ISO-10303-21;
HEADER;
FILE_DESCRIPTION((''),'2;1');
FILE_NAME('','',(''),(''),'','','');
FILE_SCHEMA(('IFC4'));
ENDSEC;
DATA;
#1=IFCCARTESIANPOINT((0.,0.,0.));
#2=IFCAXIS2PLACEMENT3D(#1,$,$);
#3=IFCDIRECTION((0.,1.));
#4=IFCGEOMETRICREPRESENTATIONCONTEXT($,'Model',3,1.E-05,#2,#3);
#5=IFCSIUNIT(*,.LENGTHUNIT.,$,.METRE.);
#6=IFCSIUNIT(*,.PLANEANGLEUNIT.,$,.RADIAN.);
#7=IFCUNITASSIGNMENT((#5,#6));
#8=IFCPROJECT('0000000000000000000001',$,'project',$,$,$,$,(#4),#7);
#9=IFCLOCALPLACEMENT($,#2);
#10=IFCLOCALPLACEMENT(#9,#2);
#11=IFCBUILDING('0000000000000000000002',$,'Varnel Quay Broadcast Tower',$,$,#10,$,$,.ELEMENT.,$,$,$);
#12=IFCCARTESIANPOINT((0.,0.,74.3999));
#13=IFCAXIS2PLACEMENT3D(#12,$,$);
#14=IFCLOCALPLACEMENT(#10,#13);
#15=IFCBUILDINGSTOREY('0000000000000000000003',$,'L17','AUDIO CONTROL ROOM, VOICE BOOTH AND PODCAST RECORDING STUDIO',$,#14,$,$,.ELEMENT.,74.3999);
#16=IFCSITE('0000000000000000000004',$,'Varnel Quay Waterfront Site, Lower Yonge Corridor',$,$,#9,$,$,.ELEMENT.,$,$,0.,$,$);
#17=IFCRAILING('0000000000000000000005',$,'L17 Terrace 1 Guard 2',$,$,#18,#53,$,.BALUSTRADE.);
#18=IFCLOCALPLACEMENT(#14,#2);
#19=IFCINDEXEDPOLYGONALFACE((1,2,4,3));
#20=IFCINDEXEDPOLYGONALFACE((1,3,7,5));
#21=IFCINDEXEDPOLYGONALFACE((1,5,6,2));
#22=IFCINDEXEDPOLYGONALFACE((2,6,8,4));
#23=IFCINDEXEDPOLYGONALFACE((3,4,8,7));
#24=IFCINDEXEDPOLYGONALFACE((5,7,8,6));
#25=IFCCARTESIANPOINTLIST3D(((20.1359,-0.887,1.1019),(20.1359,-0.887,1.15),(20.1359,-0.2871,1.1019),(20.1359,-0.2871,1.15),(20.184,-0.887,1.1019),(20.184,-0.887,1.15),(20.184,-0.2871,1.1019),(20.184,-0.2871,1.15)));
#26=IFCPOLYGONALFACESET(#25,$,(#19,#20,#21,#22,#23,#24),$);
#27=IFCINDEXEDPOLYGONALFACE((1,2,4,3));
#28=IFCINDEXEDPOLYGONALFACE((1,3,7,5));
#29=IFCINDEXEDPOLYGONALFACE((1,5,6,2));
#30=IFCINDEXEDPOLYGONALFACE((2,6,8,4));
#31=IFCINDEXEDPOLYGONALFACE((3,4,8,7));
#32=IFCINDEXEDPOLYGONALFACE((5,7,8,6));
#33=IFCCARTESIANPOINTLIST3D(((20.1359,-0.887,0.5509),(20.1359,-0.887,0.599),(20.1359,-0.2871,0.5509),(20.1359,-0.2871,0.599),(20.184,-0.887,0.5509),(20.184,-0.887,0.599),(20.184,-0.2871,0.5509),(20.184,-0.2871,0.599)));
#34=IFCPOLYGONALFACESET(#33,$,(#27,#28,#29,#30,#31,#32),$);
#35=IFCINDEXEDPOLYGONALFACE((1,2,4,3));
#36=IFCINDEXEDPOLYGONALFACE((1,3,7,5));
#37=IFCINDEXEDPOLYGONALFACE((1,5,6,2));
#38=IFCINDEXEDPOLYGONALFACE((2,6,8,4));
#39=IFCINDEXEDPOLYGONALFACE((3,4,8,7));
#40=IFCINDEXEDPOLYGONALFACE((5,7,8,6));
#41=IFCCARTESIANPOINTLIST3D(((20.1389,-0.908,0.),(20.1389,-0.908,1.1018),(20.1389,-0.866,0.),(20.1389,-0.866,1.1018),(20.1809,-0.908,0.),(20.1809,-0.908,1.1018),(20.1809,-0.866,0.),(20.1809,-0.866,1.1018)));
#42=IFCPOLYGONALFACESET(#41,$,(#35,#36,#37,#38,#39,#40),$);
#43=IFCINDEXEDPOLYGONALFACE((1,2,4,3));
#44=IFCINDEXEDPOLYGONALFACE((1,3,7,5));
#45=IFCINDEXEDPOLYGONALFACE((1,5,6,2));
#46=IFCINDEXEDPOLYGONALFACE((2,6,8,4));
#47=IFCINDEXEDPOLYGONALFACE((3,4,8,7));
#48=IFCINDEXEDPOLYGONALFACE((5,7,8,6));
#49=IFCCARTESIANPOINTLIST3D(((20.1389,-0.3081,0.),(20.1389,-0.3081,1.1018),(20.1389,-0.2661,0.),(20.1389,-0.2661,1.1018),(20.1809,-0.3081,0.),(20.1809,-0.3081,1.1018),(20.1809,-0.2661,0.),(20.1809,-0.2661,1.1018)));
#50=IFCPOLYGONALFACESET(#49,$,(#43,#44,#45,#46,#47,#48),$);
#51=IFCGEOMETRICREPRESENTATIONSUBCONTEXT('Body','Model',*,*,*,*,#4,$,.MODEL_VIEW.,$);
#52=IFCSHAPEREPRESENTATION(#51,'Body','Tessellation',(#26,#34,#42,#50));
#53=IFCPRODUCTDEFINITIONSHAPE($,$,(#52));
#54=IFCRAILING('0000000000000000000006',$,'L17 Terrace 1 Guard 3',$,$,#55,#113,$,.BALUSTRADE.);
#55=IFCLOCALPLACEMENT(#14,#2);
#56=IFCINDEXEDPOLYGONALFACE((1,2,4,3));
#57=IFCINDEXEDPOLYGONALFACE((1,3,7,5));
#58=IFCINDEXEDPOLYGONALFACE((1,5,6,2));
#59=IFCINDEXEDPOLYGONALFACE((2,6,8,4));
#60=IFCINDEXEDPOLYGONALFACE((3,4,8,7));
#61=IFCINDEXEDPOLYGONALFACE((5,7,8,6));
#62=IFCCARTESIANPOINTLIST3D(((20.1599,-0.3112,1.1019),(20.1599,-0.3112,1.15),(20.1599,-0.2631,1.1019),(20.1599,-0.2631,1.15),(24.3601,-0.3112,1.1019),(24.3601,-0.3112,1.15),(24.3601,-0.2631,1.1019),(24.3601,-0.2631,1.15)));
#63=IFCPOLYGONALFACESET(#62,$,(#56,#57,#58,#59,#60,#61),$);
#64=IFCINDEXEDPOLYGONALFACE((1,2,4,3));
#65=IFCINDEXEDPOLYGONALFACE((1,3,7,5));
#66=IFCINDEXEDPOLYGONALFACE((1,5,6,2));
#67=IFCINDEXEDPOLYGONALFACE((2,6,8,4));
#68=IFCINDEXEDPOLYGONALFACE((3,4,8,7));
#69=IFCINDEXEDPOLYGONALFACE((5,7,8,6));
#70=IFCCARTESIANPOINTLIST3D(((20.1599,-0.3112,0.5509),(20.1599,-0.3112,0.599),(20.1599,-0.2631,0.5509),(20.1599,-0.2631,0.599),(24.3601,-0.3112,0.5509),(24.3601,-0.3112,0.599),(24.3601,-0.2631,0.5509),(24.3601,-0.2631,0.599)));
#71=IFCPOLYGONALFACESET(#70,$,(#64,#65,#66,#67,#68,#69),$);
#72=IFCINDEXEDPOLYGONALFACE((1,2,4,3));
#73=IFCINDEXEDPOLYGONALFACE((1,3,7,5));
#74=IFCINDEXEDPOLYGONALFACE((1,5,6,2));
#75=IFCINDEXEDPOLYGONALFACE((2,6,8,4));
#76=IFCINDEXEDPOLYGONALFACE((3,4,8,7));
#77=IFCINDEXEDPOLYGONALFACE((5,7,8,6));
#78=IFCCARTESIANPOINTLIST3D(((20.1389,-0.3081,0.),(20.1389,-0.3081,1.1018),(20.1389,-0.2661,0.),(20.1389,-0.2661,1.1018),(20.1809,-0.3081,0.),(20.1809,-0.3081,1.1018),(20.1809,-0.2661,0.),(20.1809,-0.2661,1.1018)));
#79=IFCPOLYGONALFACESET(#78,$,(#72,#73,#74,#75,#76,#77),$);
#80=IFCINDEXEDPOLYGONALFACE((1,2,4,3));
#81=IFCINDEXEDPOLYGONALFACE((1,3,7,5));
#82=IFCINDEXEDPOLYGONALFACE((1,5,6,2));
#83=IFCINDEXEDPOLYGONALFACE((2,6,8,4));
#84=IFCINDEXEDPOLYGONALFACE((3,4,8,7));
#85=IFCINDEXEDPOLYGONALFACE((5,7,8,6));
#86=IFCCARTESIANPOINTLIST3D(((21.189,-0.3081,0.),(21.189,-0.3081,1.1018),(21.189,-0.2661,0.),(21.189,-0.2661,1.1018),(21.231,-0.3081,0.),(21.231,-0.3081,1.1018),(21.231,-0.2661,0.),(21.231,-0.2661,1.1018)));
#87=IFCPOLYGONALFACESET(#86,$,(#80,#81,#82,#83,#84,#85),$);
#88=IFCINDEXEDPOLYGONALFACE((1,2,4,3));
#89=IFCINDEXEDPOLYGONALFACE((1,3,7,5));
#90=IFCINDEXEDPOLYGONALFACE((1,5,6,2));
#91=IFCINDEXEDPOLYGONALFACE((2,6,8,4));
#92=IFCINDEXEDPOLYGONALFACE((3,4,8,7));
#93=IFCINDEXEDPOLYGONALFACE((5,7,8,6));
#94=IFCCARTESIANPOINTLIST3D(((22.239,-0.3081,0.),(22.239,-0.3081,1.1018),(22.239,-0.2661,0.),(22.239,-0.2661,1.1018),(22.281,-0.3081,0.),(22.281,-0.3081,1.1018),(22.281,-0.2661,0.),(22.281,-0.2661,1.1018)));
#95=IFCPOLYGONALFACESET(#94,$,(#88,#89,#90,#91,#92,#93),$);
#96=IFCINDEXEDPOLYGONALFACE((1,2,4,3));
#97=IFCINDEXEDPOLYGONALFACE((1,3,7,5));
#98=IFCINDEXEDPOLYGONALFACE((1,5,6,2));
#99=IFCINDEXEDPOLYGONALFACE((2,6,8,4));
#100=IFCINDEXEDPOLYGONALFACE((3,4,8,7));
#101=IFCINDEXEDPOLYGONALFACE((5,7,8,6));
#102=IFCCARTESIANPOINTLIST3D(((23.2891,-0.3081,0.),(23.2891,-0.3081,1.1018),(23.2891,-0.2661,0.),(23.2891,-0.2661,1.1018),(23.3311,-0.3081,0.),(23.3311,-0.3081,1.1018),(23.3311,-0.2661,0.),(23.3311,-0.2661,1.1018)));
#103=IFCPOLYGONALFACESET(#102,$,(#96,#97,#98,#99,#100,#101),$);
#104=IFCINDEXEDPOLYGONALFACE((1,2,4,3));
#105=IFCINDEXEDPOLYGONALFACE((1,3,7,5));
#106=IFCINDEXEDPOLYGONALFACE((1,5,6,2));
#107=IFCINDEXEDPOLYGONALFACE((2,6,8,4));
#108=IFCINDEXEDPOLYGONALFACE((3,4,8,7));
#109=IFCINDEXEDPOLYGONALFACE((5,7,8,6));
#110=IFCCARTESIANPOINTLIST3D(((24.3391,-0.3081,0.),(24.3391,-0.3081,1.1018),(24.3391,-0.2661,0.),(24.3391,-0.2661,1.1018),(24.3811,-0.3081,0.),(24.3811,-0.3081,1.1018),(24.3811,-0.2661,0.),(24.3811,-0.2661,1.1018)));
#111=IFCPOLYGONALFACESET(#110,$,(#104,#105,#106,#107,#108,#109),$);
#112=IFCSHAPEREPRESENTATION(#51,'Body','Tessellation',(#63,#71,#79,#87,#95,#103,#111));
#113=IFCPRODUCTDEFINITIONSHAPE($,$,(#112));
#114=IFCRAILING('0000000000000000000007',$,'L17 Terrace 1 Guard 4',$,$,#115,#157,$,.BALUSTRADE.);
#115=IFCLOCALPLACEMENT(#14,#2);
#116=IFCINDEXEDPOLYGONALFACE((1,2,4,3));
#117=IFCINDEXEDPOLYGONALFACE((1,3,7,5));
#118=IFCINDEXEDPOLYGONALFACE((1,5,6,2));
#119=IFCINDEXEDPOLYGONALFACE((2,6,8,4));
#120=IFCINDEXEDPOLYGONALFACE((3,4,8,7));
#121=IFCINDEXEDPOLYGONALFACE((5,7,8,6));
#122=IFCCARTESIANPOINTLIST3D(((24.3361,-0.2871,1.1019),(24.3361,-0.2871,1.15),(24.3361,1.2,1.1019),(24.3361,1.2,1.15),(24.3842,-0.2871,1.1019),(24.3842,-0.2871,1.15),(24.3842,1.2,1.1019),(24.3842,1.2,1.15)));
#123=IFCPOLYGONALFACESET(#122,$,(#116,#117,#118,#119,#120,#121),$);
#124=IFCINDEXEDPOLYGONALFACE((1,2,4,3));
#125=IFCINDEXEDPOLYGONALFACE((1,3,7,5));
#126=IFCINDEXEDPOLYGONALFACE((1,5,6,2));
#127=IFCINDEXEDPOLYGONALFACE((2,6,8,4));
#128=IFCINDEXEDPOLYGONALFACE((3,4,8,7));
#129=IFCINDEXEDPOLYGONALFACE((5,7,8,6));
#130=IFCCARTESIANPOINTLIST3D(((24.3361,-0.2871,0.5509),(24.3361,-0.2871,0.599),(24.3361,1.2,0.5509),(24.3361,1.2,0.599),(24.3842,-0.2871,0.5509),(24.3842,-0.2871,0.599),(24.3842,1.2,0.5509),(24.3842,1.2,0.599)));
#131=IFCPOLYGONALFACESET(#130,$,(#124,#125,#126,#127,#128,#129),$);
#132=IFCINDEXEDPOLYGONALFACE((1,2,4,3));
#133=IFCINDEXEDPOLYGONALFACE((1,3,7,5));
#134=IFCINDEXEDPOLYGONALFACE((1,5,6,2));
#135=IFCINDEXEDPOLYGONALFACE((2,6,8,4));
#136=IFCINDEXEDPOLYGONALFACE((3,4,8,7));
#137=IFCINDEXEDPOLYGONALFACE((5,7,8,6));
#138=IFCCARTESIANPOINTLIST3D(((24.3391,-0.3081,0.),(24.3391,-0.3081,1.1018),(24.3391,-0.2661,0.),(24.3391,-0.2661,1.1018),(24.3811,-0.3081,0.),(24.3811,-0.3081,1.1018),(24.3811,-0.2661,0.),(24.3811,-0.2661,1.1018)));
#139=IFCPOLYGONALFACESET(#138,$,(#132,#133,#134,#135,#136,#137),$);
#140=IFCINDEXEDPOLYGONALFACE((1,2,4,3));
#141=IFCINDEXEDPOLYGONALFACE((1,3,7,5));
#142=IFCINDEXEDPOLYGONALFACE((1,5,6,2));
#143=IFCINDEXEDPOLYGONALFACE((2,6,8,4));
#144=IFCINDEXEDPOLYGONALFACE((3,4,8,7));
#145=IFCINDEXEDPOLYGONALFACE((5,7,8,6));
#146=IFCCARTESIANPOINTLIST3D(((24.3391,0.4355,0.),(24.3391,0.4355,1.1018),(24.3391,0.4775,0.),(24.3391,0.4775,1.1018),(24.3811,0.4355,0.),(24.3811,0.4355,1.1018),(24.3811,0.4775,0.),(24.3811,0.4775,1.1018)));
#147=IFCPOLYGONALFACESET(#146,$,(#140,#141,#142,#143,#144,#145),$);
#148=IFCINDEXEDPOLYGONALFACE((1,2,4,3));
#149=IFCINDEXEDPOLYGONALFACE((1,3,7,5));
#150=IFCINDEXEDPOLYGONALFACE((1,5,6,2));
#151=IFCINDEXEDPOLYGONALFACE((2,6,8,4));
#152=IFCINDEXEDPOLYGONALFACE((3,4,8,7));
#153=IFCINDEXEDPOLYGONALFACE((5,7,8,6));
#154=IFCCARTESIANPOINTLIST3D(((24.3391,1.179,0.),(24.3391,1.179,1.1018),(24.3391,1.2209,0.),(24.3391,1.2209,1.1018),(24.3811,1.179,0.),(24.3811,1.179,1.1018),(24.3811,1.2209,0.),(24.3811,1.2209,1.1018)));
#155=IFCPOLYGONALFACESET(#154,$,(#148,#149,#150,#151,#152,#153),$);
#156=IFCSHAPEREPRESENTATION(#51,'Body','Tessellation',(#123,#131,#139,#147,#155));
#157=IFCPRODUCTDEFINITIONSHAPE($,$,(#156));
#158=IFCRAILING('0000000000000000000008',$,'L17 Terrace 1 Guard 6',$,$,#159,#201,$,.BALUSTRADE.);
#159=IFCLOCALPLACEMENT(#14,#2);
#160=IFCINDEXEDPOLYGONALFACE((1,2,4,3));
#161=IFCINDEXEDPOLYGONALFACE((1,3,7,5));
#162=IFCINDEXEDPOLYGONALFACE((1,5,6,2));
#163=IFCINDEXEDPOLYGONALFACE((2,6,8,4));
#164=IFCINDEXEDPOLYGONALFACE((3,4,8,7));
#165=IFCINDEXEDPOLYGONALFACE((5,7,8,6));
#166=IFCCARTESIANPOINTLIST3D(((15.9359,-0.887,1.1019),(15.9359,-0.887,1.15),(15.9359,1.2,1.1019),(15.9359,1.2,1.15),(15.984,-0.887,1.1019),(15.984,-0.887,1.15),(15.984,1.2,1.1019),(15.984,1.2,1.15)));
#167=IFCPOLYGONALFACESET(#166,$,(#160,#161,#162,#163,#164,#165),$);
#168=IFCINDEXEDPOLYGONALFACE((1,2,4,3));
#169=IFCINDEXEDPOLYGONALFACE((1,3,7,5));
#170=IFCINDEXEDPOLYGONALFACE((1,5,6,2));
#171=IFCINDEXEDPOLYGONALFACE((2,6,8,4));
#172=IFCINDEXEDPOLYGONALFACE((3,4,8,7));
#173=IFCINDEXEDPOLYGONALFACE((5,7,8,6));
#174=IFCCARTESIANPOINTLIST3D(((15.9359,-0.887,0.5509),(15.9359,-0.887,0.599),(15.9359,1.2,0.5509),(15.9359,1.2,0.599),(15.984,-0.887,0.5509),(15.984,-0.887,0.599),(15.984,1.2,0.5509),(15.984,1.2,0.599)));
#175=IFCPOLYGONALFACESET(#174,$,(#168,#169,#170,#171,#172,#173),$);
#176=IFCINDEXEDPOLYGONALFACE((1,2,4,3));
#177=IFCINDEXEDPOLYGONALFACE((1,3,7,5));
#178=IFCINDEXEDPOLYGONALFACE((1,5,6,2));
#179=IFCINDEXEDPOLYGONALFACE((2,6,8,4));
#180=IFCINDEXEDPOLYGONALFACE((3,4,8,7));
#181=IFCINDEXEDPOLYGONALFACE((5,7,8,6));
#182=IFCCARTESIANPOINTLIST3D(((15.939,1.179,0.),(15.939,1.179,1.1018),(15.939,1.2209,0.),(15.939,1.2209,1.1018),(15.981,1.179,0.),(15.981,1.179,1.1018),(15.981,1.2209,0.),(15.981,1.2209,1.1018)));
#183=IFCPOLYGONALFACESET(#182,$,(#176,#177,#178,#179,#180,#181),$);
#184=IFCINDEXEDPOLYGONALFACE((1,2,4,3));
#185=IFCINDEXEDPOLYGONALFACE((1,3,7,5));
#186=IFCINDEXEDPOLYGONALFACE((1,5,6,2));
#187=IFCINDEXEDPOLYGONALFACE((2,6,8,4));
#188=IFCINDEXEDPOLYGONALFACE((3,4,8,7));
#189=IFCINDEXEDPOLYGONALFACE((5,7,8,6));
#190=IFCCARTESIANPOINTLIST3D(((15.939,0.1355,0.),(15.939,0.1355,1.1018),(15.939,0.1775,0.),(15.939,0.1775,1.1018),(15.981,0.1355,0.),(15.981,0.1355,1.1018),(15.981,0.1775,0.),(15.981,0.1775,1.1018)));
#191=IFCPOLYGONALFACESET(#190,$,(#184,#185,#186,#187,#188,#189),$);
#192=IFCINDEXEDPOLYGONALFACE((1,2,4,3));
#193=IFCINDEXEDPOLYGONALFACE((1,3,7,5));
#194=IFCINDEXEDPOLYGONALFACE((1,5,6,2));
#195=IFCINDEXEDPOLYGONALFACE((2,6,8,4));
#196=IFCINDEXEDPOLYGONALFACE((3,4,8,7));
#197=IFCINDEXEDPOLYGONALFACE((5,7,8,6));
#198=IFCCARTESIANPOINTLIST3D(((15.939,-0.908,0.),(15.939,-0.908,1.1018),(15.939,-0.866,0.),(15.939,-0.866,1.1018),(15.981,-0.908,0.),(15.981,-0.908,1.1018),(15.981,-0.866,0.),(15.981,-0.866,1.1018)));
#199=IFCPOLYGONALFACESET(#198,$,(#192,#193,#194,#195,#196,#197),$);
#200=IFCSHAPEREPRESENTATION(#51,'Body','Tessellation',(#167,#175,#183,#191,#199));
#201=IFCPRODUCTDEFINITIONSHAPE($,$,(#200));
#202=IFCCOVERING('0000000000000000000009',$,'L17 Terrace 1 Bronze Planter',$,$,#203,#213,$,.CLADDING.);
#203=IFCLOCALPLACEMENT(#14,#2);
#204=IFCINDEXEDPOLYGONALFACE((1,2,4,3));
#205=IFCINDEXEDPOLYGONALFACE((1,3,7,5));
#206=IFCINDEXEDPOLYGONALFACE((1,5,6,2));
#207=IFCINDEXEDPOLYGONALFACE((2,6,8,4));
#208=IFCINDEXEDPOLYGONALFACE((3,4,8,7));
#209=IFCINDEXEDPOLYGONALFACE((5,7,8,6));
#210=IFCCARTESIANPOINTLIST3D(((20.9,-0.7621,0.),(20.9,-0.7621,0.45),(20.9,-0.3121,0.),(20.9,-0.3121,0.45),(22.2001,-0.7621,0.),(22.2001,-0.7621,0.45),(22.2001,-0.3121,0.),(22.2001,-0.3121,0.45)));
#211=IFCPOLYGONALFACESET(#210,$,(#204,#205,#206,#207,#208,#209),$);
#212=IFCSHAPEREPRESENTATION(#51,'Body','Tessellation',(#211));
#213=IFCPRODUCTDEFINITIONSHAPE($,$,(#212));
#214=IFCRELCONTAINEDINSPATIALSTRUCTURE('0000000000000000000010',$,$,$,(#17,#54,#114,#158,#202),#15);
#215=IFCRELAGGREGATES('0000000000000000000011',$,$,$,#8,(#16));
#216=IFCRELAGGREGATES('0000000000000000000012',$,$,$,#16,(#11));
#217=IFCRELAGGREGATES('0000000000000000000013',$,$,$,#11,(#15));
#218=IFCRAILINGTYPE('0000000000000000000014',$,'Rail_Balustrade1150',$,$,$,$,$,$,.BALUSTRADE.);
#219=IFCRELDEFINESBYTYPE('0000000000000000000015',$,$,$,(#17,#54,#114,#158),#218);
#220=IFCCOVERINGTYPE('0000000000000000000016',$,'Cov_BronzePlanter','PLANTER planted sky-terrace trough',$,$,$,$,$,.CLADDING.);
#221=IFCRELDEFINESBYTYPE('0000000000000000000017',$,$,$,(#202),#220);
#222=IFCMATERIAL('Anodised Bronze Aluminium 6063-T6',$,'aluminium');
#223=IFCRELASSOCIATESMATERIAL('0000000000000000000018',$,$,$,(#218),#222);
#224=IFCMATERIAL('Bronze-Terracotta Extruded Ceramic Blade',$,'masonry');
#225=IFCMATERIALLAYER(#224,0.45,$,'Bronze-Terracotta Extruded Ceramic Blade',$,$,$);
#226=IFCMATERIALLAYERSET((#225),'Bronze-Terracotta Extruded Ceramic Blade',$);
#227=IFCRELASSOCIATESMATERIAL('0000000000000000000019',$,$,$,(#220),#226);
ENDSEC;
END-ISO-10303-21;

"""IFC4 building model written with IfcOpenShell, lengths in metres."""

from ifc_helpers import new_model, si_unit, direction, frame, origin, origin_2d, place, context, subcontext, project, spatial, rectangle, extrude, source, transform, mapped, material, layer, layer_set, type_object, type_shapes, element, save


model = new_model("IFC4")

# Units and contexts
model_context = context("Model", 3, precision=1e-05, world=origin(), true_north=direction((0.0, 1.0)))
body_context = subcontext(model_context, "Body", "Model", "MODEL_VIEW")
ifc_project = project(units=[si_unit("LENGTHUNIT", "METRE"), si_unit("PLANEANGLEUNIT", "RADIAN")], contexts=[model_context])

# Site, building, storey
site_placement = place(None, origin())
site = spatial("IfcSite", under=ifc_project, at=site_placement, Name="Varnel Quay Waterfront Site, Lower Yonge Corridor", CompositionType="ELEMENT", RefElevation=0.0)
building_placement = place(site_placement, origin())
building = spatial("IfcBuilding", under=site, at=building_placement, Name="Varnel Quay Broadcast Tower", CompositionType="ELEMENT")
storey_placement = place(building_placement, frame((0.0, 0.0, 74.3999)))
storey = spatial("IfcBuildingStorey", under=building, at=storey_placement, Name="L17", Description="AUDIO CONTROL ROOM, VOICE BOOTH AND PODCAST RECORDING STUDIO", CompositionType="ELEMENT", Elevation=74.3999)

# Shared definitions
ifc_material_1 = material(Name="Anodised Bronze Aluminium 6063-T6", Category="aluminium")

# Railings
railing_type = type_object("IfcRailingType", Name="Rail_Balustrade1150", PredefinedType="BALUSTRADE", material=ifc_material_1)
railing_1_placement = place(storey_placement, frame((20.1599, -0.887, 0.0)))
element("IfcRailing", 1, at=railing_1_placement, inside=storey, type_object=railing_type, Name="L17 Terrace 1 Guard 2", PredefinedType="BALUSTRADE", context=body_context, shape_type="SweptSolid", body=[
    extrude(rectangle(XDim=0.0481, YDim=0.0481, at=origin_2d()), frame((0.0, 0.0, 1.126), z_axis=(0.0, 1.0, 0.0), x_axis=(-1.0, 0.0, 0.0)), (0.0, 0.0, 1.0), 0.5999),
    extrude(rectangle(XDim=0.0481, YDim=0.0481, at=origin_2d()), frame((0.0, 0.0, 0.575), z_axis=(0.0, 1.0, 0.0), x_axis=(-1.0, 0.0, 0.0)), (0.0, 0.0, 1.0), 0.5999),
    extrude(rectangle(XDim=0.042, YDim=0.042, at=origin_2d()), origin(), (0.0, 0.0, 1.0), 1.1018),
    extrude(rectangle(XDim=0.042, YDim=0.042, at=origin_2d()), frame((0.0, 0.5999, 0.0)), (0.0, 0.0, 1.0), 1.1018),
])
railing_2_placement = place(storey_placement, frame((20.1599, -0.2871, 0.0)))
element("IfcRailing", 2, at=railing_2_placement, inside=storey, type_object=railing_type, Name="L17 Terrace 1 Guard 3", PredefinedType="BALUSTRADE", context=body_context, shape_type="SweptSolid", body=[
    extrude(rectangle(XDim=0.0481, YDim=0.0481, at=origin_2d()), frame((0.0, 0.0, 1.126), z_axis=(1.0, 0.0, 0.0), x_axis=(0.0, 1.0, 0.0)), (0.0, 0.0, 1.0), 4.2002),
    extrude(rectangle(XDim=0.0481, YDim=0.0481, at=origin_2d()), frame((0.0, 0.0, 0.575), z_axis=(1.0, 0.0, 0.0), x_axis=(0.0, 1.0, 0.0)), (0.0, 0.0, 1.0), 4.2002),
    extrude(rectangle(XDim=0.042, YDim=0.042, at=origin_2d()), origin(), (0.0, 0.0, 1.0), 1.1018),
    extrude(rectangle(XDim=0.042, YDim=0.042, at=origin_2d()), frame((1.05, 0.0, 0.0)), (0.0, 0.0, 1.0), 1.1018),
    extrude(rectangle(XDim=0.042, YDim=0.042, at=origin_2d()), frame((2.1001, 0.0, 0.0)), (0.0, 0.0, 1.0), 1.1018),
    extrude(rectangle(XDim=0.042, YDim=0.042, at=origin_2d()), frame((3.1501, 0.0, 0.0)), (0.0, 0.0, 1.0), 1.1018),
    extrude(rectangle(XDim=0.042, YDim=0.042, at=origin_2d()), frame((4.2002, 0.0, 0.0)), (0.0, 0.0, 1.0), 1.1018),
])
railing_3_placement = place(storey_placement, frame((24.3601, -0.2871, 0.0)))
element("IfcRailing", 3, at=railing_3_placement, inside=storey, type_object=railing_type, Name="L17 Terrace 1 Guard 4", PredefinedType="BALUSTRADE", context=body_context, shape_type="SweptSolid", body=[
    extrude(rectangle(XDim=0.0481, YDim=0.0481, at=origin_2d()), frame((0.0, 0.0, 1.126), z_axis=(0.0, 1.0, 0.0), x_axis=(-1.0, 0.0, 0.0)), (0.0, 0.0, 1.0), 1.4871),
    extrude(rectangle(XDim=0.0481, YDim=0.0481, at=origin_2d()), frame((0.0, 0.0, 0.575), z_axis=(0.0, 1.0, 0.0), x_axis=(-1.0, 0.0, 0.0)), (0.0, 0.0, 1.0), 1.4871),
    extrude(rectangle(XDim=0.042, YDim=0.042, at=origin_2d()), origin(), (0.0, 0.0, 1.0), 1.1018),
    extrude(rectangle(XDim=0.042, YDim=0.042, at=origin_2d()), frame((0.0, 0.7437, 0.0)), (0.0, 0.0, 1.0), 1.1018),
    extrude(rectangle(XDim=0.042, YDim=0.042, at=origin_2d()), frame((0.0, 1.4871, 0.0)), (0.0, 0.0, 1.0), 1.1018),
])
railing_4_placement = place(storey_placement, frame((15.96, 1.2, 0.0)))
element("IfcRailing", 4, at=railing_4_placement, inside=storey, type_object=railing_type, Name="L17 Terrace 1 Guard 6", PredefinedType="BALUSTRADE", context=body_context, shape_type="SweptSolid", body=[
    extrude(rectangle(XDim=0.0481, YDim=0.0481, at=origin_2d()), frame((0.0, 0.0, 1.126), z_axis=(0.0, -1.0, 0.0), x_axis=(1.0, 0.0, 0.0)), (0.0, 0.0, 1.0), 2.0869),
    extrude(rectangle(XDim=0.0481, YDim=0.0481, at=origin_2d()), frame((0.0, 0.0, 0.575), z_axis=(0.0, -1.0, 0.0), x_axis=(1.0, 0.0, 0.0)), (0.0, 0.0, 1.0), 2.0869),
    extrude(rectangle(XDim=0.042, YDim=0.042, at=origin_2d()), origin(), (0.0, 0.0, 1.0), 1.1018),
    extrude(rectangle(XDim=0.042, YDim=0.042, at=origin_2d()), frame((0.0, -1.0435, 0.0)), (0.0, 0.0, 1.0), 1.1018),
    extrude(rectangle(XDim=0.042, YDim=0.042, at=origin_2d()), frame((0.0, -2.0869, 0.0)), (0.0, 0.0, 1.0), 1.1018),
])

# Covering
ifc_material_2 = material(Name="Bronze-Terracotta Extruded Ceramic Blade", Category="masonry")
ifc_layer_1 = layer(ifc_material_2, 0.45, Name="Bronze-Terracotta Extruded Ceramic Blade")
ifc_layer_set_1 = layer_set([ifc_layer_1], Name="Bronze-Terracotta Extruded Ceramic Blade")
covering_type = type_object("IfcCoveringType", Name="Cov_BronzePlanter", Description="PLANTER planted sky-terrace trough", PredefinedType="CLADDING", material=ifc_layer_set_1)
shared_shape_1 = source(origin(), body_context, "Body", "SweptSolid", [
    extrude(rectangle(XDim=1.3, YDim=0.45, at=origin_2d()), origin(), (0.0, 0.0, 1.0), 0.45),
])
type_shapes(covering_type, [shared_shape_1])
covering_placement = place(storey_placement, frame((21.55, -0.5371, 0.0), z_axis=(0.0, 0.0, 1.0), x_axis=(1.0, 0.0, 0.0)))
element("IfcCovering", 5, at=covering_placement, inside=storey, type_object=covering_type, Name="L17 Terrace 1 Bronze Planter", PredefinedType="CLADDING", context=body_context, shape_type="MappedRepresentation", body=[
    mapped(shared_shape_1, transform((0.0, 0.0, 0.0), x_axis=(1.0, 0.0, 0.0), y_axis=(0.0, 1.0, 0.0), z_axis=(0.0, 0.0, 1.0), scale=1.0)),
])

save(model, "model.ifc")
